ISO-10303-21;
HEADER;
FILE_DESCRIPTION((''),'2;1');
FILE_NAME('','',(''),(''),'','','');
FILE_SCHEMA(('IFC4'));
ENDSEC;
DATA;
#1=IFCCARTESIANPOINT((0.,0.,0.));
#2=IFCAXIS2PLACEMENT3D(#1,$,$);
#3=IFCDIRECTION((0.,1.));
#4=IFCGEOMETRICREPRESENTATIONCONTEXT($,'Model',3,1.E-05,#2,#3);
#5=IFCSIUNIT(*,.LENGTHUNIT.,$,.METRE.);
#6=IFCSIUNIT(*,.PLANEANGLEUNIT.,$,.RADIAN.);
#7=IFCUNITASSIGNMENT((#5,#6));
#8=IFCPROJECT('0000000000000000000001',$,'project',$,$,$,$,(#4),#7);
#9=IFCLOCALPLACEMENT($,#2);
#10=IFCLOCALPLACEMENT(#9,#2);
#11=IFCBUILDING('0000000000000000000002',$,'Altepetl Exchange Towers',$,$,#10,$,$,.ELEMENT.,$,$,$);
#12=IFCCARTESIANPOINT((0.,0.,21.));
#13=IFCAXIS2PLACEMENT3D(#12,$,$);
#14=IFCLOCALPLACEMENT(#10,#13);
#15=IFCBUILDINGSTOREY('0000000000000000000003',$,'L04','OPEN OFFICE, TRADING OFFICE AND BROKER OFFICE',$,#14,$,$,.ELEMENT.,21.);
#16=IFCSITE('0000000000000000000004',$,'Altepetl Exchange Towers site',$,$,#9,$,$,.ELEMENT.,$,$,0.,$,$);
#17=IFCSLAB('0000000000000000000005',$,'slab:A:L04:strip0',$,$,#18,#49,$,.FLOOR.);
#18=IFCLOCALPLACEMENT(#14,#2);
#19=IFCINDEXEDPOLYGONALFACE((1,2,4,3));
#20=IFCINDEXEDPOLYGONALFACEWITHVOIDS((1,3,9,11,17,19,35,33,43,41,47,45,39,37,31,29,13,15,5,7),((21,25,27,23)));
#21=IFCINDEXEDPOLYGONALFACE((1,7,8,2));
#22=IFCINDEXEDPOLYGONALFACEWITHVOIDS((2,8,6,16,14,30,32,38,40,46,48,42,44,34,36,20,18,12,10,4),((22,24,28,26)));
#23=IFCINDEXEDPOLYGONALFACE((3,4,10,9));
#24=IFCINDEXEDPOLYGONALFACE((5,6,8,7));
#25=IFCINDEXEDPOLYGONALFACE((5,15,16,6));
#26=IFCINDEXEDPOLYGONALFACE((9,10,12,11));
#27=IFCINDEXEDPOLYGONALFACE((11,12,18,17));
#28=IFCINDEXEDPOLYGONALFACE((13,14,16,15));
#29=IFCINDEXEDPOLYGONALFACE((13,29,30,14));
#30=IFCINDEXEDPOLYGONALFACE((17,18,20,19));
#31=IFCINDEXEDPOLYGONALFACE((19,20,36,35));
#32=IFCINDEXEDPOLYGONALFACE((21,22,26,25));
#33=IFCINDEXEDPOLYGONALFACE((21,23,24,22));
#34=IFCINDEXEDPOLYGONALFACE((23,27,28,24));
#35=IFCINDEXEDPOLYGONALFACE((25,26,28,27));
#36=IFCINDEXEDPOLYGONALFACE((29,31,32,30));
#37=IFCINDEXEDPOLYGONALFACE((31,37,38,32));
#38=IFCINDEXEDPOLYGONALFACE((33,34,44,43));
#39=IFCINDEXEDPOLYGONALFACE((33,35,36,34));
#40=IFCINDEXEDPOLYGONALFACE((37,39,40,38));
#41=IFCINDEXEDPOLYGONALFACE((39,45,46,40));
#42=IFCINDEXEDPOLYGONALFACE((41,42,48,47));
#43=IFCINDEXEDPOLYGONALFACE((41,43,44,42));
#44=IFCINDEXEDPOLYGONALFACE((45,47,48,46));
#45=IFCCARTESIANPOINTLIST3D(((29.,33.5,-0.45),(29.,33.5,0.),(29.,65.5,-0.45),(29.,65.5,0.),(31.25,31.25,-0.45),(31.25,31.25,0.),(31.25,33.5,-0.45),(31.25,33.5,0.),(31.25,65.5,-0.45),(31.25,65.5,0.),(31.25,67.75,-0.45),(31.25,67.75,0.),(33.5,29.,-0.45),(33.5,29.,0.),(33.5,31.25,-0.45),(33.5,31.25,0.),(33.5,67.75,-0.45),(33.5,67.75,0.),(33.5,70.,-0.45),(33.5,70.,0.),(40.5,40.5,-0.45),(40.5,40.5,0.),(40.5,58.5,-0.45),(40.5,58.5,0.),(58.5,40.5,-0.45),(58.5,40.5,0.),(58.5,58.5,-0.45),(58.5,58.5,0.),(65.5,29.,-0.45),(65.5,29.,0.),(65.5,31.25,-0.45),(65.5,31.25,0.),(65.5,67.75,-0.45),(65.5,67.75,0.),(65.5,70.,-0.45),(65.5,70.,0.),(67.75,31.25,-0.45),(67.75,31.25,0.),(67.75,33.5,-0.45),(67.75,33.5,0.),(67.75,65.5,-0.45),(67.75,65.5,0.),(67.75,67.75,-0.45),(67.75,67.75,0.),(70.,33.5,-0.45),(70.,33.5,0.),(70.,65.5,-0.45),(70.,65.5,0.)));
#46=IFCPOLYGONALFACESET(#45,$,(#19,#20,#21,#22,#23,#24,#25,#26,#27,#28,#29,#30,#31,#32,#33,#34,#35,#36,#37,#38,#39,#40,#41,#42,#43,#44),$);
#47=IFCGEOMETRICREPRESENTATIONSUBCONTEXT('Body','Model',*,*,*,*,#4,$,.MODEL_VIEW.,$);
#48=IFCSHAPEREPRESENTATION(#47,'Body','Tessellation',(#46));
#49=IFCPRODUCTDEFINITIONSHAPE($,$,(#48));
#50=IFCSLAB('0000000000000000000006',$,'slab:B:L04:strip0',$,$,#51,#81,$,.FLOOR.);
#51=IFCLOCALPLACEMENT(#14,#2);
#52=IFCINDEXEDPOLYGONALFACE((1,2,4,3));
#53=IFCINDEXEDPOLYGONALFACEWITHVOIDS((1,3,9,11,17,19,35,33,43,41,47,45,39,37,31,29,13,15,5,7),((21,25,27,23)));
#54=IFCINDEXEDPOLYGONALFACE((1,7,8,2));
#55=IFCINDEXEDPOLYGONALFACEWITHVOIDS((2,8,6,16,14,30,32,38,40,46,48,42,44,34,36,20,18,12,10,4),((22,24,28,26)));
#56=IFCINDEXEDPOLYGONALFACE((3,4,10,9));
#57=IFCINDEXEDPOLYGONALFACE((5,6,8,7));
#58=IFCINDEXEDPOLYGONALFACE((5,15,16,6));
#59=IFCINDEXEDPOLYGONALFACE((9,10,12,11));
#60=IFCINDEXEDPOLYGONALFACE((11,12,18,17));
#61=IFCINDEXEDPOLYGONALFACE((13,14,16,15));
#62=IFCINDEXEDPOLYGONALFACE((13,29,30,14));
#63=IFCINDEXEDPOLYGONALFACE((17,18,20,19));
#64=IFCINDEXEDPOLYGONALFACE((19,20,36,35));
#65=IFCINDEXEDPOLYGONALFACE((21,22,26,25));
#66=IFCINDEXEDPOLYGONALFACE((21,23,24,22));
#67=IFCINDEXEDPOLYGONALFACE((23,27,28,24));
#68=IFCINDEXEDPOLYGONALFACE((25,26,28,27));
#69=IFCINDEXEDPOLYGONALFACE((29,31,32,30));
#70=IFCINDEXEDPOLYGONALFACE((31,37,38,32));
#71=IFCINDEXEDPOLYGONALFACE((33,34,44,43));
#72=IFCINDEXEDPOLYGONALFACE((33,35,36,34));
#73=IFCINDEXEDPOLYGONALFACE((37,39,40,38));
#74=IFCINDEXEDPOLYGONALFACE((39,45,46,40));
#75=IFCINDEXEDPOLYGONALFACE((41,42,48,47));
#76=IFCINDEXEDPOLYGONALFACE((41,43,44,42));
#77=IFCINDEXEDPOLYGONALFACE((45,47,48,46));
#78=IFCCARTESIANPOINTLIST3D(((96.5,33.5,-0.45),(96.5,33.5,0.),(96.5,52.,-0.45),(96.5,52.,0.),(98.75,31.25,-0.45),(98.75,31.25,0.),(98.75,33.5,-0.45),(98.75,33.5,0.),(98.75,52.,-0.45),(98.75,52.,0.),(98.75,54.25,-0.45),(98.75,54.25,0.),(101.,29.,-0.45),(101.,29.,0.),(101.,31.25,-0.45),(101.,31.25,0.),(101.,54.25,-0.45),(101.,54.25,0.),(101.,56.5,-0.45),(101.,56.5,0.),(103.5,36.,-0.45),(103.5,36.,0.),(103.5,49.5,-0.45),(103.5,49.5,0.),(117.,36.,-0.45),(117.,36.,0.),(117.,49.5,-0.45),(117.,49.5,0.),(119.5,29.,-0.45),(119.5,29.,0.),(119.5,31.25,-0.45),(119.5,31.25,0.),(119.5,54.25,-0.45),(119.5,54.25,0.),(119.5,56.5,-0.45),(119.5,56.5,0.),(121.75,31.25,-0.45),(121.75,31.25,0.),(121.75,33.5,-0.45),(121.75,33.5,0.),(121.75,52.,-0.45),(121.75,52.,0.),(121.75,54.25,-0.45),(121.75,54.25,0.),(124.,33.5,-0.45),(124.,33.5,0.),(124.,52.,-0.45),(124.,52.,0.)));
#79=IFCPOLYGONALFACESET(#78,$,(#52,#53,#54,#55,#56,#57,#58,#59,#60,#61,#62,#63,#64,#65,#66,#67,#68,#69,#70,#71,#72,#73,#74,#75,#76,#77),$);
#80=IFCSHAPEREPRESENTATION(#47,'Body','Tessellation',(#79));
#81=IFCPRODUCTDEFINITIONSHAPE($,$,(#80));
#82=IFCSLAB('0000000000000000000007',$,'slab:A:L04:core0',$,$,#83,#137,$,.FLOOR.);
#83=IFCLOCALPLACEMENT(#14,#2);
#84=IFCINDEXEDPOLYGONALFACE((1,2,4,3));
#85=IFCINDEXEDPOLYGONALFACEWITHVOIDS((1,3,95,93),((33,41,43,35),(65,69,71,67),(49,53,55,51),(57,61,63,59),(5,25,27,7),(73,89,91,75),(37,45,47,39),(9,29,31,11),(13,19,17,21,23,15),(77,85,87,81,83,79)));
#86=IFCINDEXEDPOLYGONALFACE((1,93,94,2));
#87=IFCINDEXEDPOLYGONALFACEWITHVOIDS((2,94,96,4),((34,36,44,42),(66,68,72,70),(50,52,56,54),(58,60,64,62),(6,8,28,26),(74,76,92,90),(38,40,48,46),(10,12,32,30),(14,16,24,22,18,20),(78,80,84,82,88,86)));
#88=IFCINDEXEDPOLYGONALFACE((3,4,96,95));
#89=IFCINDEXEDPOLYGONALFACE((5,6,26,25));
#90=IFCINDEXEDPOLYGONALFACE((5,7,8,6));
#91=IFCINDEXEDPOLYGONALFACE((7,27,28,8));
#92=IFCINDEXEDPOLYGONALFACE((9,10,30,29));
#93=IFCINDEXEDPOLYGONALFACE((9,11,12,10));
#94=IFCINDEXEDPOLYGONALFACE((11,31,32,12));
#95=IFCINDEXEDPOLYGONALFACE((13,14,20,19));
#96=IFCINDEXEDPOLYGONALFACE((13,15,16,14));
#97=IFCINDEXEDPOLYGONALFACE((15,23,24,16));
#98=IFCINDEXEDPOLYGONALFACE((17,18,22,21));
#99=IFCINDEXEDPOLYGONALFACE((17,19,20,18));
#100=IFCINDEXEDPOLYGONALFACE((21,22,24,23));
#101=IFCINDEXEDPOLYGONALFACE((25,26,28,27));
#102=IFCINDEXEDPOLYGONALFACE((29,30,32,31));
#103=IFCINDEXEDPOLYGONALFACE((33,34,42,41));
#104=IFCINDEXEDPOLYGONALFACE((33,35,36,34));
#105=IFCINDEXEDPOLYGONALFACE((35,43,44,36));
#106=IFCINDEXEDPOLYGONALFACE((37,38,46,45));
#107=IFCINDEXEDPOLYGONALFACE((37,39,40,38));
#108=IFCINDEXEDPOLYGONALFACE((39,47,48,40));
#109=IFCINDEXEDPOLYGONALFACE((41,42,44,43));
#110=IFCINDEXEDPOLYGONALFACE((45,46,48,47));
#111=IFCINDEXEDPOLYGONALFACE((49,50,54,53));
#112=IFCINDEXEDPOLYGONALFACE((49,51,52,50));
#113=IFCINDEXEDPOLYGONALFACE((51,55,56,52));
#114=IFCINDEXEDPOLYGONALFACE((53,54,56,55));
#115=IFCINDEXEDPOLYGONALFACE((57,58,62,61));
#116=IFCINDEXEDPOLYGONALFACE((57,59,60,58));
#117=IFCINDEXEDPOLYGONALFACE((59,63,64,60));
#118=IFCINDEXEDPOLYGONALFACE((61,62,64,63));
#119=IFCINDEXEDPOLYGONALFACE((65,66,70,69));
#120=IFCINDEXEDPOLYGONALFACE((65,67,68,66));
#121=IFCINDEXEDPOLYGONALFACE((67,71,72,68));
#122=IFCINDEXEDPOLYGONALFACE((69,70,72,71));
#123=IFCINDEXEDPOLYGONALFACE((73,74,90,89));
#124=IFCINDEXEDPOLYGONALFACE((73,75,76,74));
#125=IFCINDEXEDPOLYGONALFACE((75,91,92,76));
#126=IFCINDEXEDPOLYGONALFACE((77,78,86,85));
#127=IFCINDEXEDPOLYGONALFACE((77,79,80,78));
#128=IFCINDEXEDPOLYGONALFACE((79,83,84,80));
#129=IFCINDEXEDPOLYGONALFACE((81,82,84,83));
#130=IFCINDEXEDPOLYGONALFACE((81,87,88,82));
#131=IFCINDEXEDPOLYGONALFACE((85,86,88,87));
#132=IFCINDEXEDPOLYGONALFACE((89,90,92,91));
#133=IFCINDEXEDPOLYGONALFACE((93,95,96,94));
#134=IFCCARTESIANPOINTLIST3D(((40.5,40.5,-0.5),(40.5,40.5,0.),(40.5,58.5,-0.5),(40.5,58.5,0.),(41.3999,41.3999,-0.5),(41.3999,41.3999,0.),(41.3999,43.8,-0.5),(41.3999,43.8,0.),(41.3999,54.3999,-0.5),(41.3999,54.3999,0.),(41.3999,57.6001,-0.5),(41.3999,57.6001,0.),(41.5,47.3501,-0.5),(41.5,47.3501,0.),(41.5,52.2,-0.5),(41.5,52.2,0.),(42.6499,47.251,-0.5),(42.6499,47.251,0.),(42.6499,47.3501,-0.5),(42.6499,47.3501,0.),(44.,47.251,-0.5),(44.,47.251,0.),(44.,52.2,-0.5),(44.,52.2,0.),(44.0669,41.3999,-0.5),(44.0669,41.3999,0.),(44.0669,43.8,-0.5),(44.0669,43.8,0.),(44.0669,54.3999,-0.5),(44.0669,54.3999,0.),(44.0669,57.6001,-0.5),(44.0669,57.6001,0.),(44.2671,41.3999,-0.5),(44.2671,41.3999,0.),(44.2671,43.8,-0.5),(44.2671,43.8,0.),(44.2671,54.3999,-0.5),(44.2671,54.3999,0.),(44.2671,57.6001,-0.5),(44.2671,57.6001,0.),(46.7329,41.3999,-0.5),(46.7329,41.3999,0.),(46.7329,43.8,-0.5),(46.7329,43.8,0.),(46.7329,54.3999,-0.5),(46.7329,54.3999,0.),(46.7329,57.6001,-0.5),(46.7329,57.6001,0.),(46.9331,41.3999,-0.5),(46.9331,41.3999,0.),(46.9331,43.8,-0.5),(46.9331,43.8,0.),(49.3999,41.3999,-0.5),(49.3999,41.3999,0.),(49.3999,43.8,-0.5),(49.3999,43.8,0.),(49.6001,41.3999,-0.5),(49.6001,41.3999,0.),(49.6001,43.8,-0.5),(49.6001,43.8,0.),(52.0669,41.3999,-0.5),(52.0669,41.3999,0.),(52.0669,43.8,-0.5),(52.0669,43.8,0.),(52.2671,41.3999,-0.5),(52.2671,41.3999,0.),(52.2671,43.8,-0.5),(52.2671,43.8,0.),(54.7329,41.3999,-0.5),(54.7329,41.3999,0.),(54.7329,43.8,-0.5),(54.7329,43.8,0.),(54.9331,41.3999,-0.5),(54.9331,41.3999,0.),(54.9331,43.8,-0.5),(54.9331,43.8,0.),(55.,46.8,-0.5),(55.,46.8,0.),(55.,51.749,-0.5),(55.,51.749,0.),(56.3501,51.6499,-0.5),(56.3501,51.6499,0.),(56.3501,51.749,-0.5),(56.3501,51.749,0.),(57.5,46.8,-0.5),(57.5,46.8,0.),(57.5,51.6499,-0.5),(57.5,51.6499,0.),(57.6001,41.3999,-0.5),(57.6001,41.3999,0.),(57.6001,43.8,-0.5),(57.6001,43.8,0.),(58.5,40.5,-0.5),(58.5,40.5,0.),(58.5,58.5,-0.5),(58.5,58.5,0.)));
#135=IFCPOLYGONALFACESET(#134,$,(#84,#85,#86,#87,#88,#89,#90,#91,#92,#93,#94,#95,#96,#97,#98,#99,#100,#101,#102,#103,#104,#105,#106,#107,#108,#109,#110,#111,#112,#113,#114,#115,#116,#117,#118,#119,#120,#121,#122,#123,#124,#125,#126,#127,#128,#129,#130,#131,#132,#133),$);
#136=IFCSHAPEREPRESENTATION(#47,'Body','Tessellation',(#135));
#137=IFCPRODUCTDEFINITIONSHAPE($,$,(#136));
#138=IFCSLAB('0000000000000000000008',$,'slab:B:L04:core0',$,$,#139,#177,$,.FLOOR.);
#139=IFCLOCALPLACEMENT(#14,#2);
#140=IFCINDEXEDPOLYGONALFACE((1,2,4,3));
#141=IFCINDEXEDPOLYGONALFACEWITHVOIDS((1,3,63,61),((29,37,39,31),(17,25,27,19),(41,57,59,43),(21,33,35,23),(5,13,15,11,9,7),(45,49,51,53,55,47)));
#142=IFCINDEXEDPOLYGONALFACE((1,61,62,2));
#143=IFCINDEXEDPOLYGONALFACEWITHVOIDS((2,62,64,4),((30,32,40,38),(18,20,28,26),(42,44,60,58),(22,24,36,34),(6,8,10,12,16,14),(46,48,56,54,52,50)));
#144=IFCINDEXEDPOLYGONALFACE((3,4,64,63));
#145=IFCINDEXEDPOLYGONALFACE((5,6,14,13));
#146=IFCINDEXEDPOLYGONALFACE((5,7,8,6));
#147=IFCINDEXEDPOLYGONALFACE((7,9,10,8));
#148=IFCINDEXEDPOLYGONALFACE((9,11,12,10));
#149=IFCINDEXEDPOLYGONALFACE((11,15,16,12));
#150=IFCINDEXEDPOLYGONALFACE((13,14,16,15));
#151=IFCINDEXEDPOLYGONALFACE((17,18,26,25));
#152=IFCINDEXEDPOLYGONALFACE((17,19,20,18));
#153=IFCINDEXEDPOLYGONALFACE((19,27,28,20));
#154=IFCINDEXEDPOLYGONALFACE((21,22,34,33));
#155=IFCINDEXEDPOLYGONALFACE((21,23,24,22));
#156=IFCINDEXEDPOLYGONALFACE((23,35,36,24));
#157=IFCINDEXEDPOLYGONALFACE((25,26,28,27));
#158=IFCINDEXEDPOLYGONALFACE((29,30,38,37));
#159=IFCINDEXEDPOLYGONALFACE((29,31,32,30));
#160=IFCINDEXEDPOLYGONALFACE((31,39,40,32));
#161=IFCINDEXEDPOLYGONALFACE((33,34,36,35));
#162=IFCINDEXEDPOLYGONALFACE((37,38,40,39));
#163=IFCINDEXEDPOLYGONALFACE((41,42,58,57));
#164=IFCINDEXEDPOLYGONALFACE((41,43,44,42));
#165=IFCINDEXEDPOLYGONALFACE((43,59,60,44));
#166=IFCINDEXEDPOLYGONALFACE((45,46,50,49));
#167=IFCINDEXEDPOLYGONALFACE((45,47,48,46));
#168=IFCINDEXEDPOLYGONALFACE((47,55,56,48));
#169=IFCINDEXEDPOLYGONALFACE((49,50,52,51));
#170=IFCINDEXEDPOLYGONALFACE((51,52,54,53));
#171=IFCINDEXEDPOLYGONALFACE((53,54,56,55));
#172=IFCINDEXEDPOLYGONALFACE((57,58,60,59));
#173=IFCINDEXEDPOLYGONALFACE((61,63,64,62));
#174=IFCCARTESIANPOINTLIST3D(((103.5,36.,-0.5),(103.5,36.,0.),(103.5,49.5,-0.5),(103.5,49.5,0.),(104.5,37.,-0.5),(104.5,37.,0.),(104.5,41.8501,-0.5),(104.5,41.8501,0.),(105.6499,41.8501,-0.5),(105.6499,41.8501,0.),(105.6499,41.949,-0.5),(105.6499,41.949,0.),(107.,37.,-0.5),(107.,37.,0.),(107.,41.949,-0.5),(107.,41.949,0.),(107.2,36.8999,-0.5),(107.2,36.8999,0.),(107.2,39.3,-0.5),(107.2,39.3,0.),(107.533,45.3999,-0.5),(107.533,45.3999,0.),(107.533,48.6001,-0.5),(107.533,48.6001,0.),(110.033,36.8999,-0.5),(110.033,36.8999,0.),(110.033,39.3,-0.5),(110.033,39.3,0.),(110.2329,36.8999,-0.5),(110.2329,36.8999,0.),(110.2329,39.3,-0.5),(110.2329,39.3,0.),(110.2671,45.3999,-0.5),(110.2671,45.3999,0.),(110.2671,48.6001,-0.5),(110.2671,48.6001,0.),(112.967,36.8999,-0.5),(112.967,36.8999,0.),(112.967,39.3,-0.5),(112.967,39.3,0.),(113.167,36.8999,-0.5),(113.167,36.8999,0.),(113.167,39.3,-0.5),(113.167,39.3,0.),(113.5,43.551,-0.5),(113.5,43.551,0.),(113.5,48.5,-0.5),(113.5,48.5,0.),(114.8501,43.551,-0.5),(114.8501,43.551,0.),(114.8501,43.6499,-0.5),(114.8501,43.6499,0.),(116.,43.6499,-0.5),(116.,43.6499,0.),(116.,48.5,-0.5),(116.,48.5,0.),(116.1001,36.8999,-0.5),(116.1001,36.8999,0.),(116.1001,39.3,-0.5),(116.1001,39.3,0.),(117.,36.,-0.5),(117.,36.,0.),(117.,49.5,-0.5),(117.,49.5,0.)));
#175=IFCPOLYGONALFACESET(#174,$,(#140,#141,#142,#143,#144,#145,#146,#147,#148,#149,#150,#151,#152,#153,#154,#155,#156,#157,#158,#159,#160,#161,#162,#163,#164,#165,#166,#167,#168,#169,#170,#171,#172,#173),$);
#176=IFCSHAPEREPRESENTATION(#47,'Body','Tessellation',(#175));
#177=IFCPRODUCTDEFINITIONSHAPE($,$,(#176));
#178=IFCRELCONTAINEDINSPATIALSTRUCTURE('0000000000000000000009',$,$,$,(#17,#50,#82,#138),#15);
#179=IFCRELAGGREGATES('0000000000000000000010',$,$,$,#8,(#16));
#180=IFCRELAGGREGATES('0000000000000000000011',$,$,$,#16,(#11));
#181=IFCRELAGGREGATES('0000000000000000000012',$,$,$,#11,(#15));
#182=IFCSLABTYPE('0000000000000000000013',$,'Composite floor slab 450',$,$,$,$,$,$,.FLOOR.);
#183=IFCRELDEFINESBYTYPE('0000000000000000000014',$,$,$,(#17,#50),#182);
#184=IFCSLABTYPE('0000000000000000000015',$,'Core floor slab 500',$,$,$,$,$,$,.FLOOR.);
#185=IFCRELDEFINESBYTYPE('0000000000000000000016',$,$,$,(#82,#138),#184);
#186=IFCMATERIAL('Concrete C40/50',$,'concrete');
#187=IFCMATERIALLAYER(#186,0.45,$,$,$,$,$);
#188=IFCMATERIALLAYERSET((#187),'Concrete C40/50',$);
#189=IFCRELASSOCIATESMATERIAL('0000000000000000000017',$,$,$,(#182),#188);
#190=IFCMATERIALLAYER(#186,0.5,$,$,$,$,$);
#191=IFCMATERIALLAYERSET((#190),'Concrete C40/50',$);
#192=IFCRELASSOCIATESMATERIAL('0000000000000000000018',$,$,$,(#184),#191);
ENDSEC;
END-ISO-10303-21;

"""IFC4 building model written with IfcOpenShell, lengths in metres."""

from ifc_helpers import new_model, si_unit, direction, frame, origin, place, context, subcontext, project, spatial, polyline, outline, extrude, material, layer, layer_set, type_object, element, save


model = new_model("IFC4")

# Units and contexts
model_context = context("Model", 3, precision=1e-05, world=origin(), true_north=direction((0.0, 1.0)))
body_context = subcontext(model_context, "Body", "Model", "MODEL_VIEW")
ifc_project = project(units=[si_unit("LENGTHUNIT", "METRE"), si_unit("PLANEANGLEUNIT", "RADIAN")], contexts=[model_context])

# Site, building, storey
site_placement = place(None, origin())
site = spatial("IfcSite", under=ifc_project, at=site_placement, Name="Altepetl Exchange Towers site", CompositionType="ELEMENT", RefElevation=0.0)
building_placement = place(site_placement, origin())
building = spatial("IfcBuilding", under=site, at=building_placement, Name="Altepetl Exchange Towers", CompositionType="ELEMENT")
storey_placement = place(building_placement, frame((0.0, 0.0, 21.0)))
storey = spatial("IfcBuildingStorey", under=building, at=storey_placement, Name="L04", Description="OPEN OFFICE, TRADING OFFICE AND BROKER OFFICE", CompositionType="ELEMENT", Elevation=21.0)

# Slabs
ifc_material_1 = material(Name="Concrete C40/50", Category="concrete")
ifc_layer_1 = layer(ifc_material_1, 0.45)
ifc_layer_set_1 = layer_set([ifc_layer_1], Name="Concrete C40/50")
slab_type_1 = type_object("IfcSlabType", Name="Composite floor slab 450", PredefinedType="FLOOR", material=ifc_layer_set_1)
slab_1_placement = place(storey_placement, frame((0.0, 0.0, -0.45)))
element("IfcSlab", 1, at=slab_1_placement, inside=storey, type_object=slab_type_1, Name="slab:A:L04:strip0", PredefinedType="FLOOR", context=body_context, shape_type="SweptSolid", body=[
    extrude(outline(polyline([(31.25, 67.75), (31.25, 65.5), (29.0, 65.5), (29.0, 33.5), (31.25, 33.5), (31.25, 31.25), (33.5, 31.25), (33.5, 29.0), (65.5, 29.0), (65.5, 31.25), (67.75, 31.25), (67.75, 33.5), (70.0, 33.5), (70.0, 65.5), (67.75, 65.5), (67.75, 67.75), (65.5, 67.75), (65.5, 70.0), (33.5, 70.0), (33.5, 67.75), (31.25, 67.75)]), holes=[polyline([(58.5, 58.5), (58.5, 40.5), (40.5, 40.5), (40.5, 58.5), (58.5, 58.5)])]), origin(), (0.0, 0.0, 1.0), 0.45),
])
slab_2_placement = place(storey_placement, frame((0.0, 0.0, -0.45)))
element("IfcSlab", 2, at=slab_2_placement, inside=storey, type_object=slab_type_1, Name="slab:B:L04:strip0", PredefinedType="FLOOR", context=body_context, shape_type="SweptSolid", body=[
    extrude(outline(polyline([(98.75, 54.25), (98.75, 52.0), (96.5, 52.0), (96.5, 33.5), (98.75, 33.5), (98.75, 31.25), (101.0, 31.25), (101.0, 29.0), (119.5, 29.0), (119.5, 31.25), (121.75, 31.25), (121.75, 33.5), (124.0, 33.5), (124.0, 52.0), (121.75, 52.0), (121.75, 54.25), (119.5, 54.25), (119.5, 56.5), (101.0, 56.5), (101.0, 54.25), (98.75, 54.25)]), holes=[polyline([(117.0, 49.5), (117.0, 36.0), (103.5, 36.0), (103.5, 49.5), (117.0, 49.5)])]), origin(), (0.0, 0.0, 1.0), 0.45),
])
ifc_layer_2 = layer(ifc_material_1, 0.5)
ifc_layer_set_2 = layer_set([ifc_layer_2], Name="Concrete C40/50")
slab_type_2 = type_object("IfcSlabType", Name="Core floor slab 500", PredefinedType="FLOOR", material=ifc_layer_set_2)
slab_3_placement = place(storey_placement, frame((0.0, 0.0, -0.5)))
element("IfcSlab", 3, at=slab_3_placement, inside=storey, type_object=slab_type_2, Name="slab:A:L04:core0", PredefinedType="FLOOR", context=body_context, shape_type="SweptSolid", body=[
    extrude(outline(polyline([(40.5, 40.5), (58.5, 40.5), (58.5, 58.5), (40.5, 58.5), (40.5, 40.5)]), holes=[polyline([(41.3999, 43.8), (44.0669, 43.8), (44.0669, 41.3999), (41.3999, 41.3999), (41.3999, 43.8)]), polyline([(44.2671, 43.8), (46.7329, 43.8), (46.7329, 41.3999), (44.2671, 41.3999), (44.2671, 43.8)]), polyline([(46.9331, 43.8), (49.3999, 43.8), (49.3999, 41.3999), (46.9331, 41.3999), (46.9331, 43.8)]), polyline([(52.0669, 43.8), (52.0669, 41.3999), (49.6001, 41.3999), (49.6001, 43.8), (52.0669, 43.8)]), polyline([(54.7329, 43.8), (54.7329, 41.3999), (52.2671, 41.3999), (52.2671, 43.8), (54.7329, 43.8)]), polyline([(54.9331, 43.8), (57.6001, 43.8), (57.6001, 41.3999), (54.9331, 41.3999), (54.9331, 43.8)]), polyline([(55.0, 51.749), (56.3501, 51.749), (56.3501, 51.6499), (57.5, 51.6499), (57.5, 46.8), (55.0, 46.8), (55.0, 51.749)]), polyline([(44.0, 47.251), (42.6499, 47.251), (42.6499, 47.3501), (41.5, 47.3501), (41.5, 52.2), (44.0, 52.2), (44.0, 47.251)]), polyline([(44.0669, 57.6001), (44.0669, 54.3999), (41.3999, 54.3999), (41.3999, 57.6001), (44.0669, 57.6001)]), polyline([(46.7329, 57.6001), (46.7329, 54.3999), (44.2671, 54.3999), (44.2671, 57.6001), (46.7329, 57.6001)])]), origin(), (0.0, 0.0, 1.0), 0.5),
])
slab_4_placement = place(storey_placement, frame((0.0, 0.0, -0.5)))
element("IfcSlab", 4, at=slab_4_placement, inside=storey, type_object=slab_type_2, Name="slab:B:L04:core0", PredefinedType="FLOOR", context=body_context, shape_type="SweptSolid", body=[
    extrude(outline(polyline([(103.5, 36.0), (117.0, 36.0), (117.0, 49.5), (103.5, 49.5), (103.5, 36.0)]), holes=[polyline([(107.2, 36.8999), (107.2, 39.3), (110.033, 39.3), (110.033, 36.8999), (107.2, 36.8999)]), polyline([(110.2329, 39.3), (112.967, 39.3), (112.967, 36.8999), (110.2329, 36.8999), (110.2329, 39.3)]), polyline([(113.167, 39.3), (116.1001, 39.3), (116.1001, 36.8999), (113.167, 36.8999), (113.167, 39.3)]), polyline([(107.0, 37.0), (104.5, 37.0), (104.5, 41.8501), (105.6499, 41.8501), (105.6499, 41.949), (107.0, 41.949), (107.0, 37.0)]), polyline([(116.0, 48.5), (116.0, 43.6499), (114.8501, 43.6499), (114.8501, 43.551), (113.5, 43.551), (113.5, 48.5), (116.0, 48.5)]), polyline([(107.533, 48.6001), (110.2671, 48.6001), (110.2671, 45.3999), (107.533, 45.3999), (107.533, 48.6001)])]), origin(), (0.0, 0.0, 1.0), 0.5),
])

save(model, "model.ifc")
